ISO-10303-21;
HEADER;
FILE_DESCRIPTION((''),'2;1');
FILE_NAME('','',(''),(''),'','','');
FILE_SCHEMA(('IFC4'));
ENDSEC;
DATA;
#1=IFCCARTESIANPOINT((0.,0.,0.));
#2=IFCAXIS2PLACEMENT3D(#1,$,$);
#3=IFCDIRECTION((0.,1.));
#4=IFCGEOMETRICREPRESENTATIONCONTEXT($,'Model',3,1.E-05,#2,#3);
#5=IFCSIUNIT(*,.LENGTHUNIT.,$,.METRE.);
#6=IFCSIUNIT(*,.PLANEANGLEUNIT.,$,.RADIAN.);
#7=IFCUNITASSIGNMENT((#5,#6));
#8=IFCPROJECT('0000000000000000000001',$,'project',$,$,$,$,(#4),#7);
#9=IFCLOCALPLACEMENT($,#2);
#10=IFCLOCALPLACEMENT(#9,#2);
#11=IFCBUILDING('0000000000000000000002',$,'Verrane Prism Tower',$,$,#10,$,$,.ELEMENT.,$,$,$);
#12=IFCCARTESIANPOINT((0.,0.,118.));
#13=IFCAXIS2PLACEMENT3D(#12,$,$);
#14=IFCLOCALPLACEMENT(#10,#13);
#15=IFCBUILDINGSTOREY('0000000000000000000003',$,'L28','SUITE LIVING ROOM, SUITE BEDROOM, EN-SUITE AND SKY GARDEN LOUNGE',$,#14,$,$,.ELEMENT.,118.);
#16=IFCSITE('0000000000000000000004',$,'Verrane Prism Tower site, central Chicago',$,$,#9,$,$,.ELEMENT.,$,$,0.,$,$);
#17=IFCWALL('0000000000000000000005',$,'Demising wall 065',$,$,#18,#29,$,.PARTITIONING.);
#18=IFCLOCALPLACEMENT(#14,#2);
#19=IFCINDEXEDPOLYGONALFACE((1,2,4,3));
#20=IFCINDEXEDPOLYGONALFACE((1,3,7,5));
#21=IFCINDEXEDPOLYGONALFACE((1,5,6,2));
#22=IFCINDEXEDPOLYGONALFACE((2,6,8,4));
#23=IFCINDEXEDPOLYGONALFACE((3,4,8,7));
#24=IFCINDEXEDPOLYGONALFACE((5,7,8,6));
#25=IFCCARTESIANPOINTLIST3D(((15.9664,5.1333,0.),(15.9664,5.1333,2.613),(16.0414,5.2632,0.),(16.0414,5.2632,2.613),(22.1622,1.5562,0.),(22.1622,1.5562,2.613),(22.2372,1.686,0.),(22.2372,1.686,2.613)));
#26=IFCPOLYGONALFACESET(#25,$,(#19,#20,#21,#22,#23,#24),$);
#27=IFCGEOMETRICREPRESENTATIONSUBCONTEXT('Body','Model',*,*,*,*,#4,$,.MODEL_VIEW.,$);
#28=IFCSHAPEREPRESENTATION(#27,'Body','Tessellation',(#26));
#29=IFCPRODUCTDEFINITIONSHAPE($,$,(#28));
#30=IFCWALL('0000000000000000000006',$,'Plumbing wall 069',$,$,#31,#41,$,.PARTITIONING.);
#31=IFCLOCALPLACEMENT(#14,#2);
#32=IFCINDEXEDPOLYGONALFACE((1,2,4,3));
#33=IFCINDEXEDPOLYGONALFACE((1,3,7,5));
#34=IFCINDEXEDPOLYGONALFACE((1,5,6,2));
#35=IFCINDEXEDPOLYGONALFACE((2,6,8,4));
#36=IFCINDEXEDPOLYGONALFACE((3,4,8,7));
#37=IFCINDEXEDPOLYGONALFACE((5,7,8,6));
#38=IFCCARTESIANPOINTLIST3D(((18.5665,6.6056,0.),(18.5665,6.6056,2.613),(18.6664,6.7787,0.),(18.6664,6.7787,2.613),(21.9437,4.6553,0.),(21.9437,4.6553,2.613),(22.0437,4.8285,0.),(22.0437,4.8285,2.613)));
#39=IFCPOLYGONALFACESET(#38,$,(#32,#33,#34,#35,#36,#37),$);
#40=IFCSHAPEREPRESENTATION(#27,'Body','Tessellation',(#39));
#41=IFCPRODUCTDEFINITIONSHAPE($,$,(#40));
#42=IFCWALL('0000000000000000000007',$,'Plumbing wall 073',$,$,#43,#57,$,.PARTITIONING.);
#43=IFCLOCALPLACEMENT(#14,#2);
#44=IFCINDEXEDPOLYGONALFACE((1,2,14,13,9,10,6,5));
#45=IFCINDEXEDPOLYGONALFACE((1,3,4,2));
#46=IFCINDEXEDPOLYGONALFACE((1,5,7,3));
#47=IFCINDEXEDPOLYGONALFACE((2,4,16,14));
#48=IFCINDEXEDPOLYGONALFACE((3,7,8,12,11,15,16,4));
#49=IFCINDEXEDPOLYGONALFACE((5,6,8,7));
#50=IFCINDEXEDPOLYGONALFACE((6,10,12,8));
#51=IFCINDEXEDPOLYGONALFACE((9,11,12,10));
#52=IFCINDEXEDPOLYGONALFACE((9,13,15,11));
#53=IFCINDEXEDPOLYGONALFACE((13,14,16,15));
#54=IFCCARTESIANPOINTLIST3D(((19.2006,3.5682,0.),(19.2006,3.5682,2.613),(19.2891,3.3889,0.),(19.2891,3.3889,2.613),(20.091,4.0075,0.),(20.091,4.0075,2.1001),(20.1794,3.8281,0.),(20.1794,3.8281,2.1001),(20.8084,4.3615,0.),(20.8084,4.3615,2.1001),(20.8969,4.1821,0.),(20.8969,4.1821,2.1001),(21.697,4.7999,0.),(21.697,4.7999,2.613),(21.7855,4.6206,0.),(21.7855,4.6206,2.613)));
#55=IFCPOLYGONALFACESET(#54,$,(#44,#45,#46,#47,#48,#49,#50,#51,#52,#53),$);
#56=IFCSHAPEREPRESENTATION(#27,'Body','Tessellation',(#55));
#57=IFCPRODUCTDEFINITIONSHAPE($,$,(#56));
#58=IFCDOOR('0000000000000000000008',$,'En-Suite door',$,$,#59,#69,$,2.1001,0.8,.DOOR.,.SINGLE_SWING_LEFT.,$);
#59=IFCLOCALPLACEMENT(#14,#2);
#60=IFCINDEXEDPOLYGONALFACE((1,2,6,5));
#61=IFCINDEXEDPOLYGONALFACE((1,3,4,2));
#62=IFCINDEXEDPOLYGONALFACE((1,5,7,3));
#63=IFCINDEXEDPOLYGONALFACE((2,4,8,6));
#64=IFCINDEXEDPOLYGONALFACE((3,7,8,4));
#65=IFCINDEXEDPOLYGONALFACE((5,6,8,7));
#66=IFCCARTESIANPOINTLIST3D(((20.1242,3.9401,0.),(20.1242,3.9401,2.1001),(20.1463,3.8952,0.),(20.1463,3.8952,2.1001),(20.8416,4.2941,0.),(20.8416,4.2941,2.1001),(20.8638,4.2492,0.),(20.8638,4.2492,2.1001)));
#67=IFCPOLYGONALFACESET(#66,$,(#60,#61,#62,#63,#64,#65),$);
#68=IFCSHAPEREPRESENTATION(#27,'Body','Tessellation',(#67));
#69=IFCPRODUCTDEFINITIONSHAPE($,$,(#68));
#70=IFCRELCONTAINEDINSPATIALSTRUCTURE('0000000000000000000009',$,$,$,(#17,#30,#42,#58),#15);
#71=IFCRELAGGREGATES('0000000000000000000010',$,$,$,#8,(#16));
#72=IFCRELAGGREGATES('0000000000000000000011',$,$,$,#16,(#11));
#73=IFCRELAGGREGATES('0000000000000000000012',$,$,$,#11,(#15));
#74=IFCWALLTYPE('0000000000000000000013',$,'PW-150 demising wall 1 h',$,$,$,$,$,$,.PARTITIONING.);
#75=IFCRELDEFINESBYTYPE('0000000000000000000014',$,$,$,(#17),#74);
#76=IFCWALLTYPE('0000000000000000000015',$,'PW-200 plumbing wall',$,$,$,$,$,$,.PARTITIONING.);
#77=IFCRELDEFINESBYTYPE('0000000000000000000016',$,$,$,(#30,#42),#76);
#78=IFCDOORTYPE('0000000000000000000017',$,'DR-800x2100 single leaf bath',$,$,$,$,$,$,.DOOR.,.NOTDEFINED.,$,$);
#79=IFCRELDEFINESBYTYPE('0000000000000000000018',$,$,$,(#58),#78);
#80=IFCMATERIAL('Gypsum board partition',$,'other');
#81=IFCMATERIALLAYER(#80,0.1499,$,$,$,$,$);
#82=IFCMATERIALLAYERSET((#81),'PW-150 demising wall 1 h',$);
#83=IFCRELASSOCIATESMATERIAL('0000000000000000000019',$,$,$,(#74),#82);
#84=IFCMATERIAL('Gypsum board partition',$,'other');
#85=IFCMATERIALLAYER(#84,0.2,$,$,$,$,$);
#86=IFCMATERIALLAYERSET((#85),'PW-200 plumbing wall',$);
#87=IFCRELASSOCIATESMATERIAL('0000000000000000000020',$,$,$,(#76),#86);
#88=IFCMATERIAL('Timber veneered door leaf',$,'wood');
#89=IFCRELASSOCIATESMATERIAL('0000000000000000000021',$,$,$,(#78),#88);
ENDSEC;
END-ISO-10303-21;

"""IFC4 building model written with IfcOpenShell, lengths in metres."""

from ifc_helpers import new_model, si_unit, direction, frame, frame_2d, origin, place, context, subcontext, project, spatial, rectangle, extrude, material, layer, layer_set, type_object, element, fill, save


model = new_model("IFC4")

# Units and contexts
model_context = context("Model", 3, precision=1e-05, world=origin(), true_north=direction((0.0, 1.0)))
body_context = subcontext(model_context, "Body", "Model", "MODEL_VIEW")
ifc_project = project(units=[si_unit("LENGTHUNIT", "METRE"), si_unit("PLANEANGLEUNIT", "RADIAN")], contexts=[model_context])

# Site, building, storey
site_placement = place(None, origin())
site = spatial("IfcSite", under=ifc_project, at=site_placement, Name="Verrane Prism Tower site, central Chicago", CompositionType="ELEMENT", RefElevation=0.0)
building_placement = place(site_placement, origin())
building = spatial("IfcBuilding", under=site, at=building_placement, Name="Verrane Prism Tower", CompositionType="ELEMENT")
storey_placement = place(building_placement, frame((0.0, 0.0, 118.0)))
storey = spatial("IfcBuildingStorey", under=building, at=storey_placement, Name="L28", Description="SUITE LIVING ROOM, SUITE BEDROOM, EN-SUITE AND SKY GARDEN LOUNGE", CompositionType="ELEMENT", Elevation=118.0)

# Walls
ifc_material_1 = material(Name="Gypsum board partition", Category="other")
ifc_layer_1 = layer(ifc_material_1, 0.1499)
ifc_layer_set_1 = layer_set([ifc_layer_1], Name="PW-150 demising wall 1 h")
wall_type_1 = type_object("IfcWallType", Name="PW-150 demising wall 1 h", PredefinedType="PARTITIONING", material=ifc_layer_set_1)
wall_1_placement = place(storey_placement, frame((16.0039, 5.1982, 0.0), z_axis=(0.0, 0.0, 1.0), x_axis=(0.866025, -0.5, 0.0)))
element("IfcWall", 1, at=wall_1_placement, inside=storey, type_object=wall_type_1, Name="Demising wall 065", PredefinedType="PARTITIONING", context=body_context, shape_type="SweptSolid", body=[
    extrude(rectangle(XDim=7.1543, YDim=0.1499, at=frame_2d((3.5771, 0.0))), origin(), (0.0, 0.0, 1.0), 2.613),
])
ifc_material_2 = material(Name="Gypsum board partition", Category="other")
ifc_layer_2 = layer(ifc_material_2, 0.2)
ifc_layer_set_2 = layer_set([ifc_layer_2], Name="PW-200 plumbing wall")
wall_type_2 = type_object("IfcWallType", Name="PW-200 plumbing wall", PredefinedType="PARTITIONING", material=ifc_layer_set_2)
wall_2_placement = place(storey_placement, frame((18.6165, 6.6921, 0.0), z_axis=(0.0, 0.0, 1.0), x_axis=(0.865984, -0.500071, 0.0)))
element("IfcWall", 2, at=wall_2_placement, inside=storey, type_object=wall_type_2, Name="Plumbing wall 069", PredefinedType="PARTITIONING", context=body_context, shape_type="SweptSolid", body=[
    extrude(rectangle(XDim=3.8999, YDim=0.2, at=frame_2d((1.95, 0.0))), origin(), (0.0, 0.0, 1.0), 2.613),
])

# Wall, opening, door
wall_3_placement = place(storey_placement, frame((19.2449, 3.4785, 0.0), z_axis=(0.0, 0.0, 1.0), x_axis=(0.896783, 0.442471, 0.0)))
wall_3 = element("IfcWall", 3, at=wall_3_placement, inside=storey, type_object=wall_type_2, Name="Plumbing wall 073", PredefinedType="PARTITIONING", context=body_context, shape_type="SweptSolid", body=[
    extrude(rectangle(XDim=2.7837, YDim=0.2, at=frame_2d((1.3918, 0.0))), origin(), (0.0, 0.0, 1.0), 2.613),
])
opening_1_placement = place(wall_3_placement, frame((0.9929, 0.0, 0.0)))
opening_1 = element("IfcOpeningElement", 4, at=opening_1_placement, cuts=wall_3, PredefinedType="OPENING", context=body_context, shape_type="SweptSolid", body=[
    extrude(rectangle(XDim=0.8, YDim=2.1001, at=frame_2d((0.3999, 1.05))), frame((0.0, 0.1099, 0.0), z_axis=(0.0, -1.0, 0.0), x_axis=(1.0, 0.0, 0.0)), (0.0, 0.0, 1.0), 0.22),
])
ifc_material_3 = material(Name="Timber veneered door leaf", Category="wood")
door_type_1 = type_object("IfcDoorType", Name="DR-800x2100 single leaf bath", OperationType="NOTDEFINED", PredefinedType="DOOR", material=ifc_material_3)
door_1_placement = place(opening_1_placement, origin())
door_1 = element("IfcDoor", 5, at=door_1_placement, inside=storey, type_object=door_type_1, Name="En-Suite door", OperationType="SINGLE_SWING_LEFT", OverallHeight=2.1001, OverallWidth=0.8, PredefinedType="DOOR", context=body_context, shape_type="SweptSolid", body=[
    extrude(rectangle(XDim=0.8, YDim=2.1001, at=frame_2d((0.3999, 1.05))), frame((0.0, 0.0249, 0.0), z_axis=(0.0, -1.0, 0.0), x_axis=(1.0, 0.0, 0.0)), (0.0, 0.0, 1.0), 0.05),
])
fill(opening_1, door_1)

save(model, "model.ifc")
